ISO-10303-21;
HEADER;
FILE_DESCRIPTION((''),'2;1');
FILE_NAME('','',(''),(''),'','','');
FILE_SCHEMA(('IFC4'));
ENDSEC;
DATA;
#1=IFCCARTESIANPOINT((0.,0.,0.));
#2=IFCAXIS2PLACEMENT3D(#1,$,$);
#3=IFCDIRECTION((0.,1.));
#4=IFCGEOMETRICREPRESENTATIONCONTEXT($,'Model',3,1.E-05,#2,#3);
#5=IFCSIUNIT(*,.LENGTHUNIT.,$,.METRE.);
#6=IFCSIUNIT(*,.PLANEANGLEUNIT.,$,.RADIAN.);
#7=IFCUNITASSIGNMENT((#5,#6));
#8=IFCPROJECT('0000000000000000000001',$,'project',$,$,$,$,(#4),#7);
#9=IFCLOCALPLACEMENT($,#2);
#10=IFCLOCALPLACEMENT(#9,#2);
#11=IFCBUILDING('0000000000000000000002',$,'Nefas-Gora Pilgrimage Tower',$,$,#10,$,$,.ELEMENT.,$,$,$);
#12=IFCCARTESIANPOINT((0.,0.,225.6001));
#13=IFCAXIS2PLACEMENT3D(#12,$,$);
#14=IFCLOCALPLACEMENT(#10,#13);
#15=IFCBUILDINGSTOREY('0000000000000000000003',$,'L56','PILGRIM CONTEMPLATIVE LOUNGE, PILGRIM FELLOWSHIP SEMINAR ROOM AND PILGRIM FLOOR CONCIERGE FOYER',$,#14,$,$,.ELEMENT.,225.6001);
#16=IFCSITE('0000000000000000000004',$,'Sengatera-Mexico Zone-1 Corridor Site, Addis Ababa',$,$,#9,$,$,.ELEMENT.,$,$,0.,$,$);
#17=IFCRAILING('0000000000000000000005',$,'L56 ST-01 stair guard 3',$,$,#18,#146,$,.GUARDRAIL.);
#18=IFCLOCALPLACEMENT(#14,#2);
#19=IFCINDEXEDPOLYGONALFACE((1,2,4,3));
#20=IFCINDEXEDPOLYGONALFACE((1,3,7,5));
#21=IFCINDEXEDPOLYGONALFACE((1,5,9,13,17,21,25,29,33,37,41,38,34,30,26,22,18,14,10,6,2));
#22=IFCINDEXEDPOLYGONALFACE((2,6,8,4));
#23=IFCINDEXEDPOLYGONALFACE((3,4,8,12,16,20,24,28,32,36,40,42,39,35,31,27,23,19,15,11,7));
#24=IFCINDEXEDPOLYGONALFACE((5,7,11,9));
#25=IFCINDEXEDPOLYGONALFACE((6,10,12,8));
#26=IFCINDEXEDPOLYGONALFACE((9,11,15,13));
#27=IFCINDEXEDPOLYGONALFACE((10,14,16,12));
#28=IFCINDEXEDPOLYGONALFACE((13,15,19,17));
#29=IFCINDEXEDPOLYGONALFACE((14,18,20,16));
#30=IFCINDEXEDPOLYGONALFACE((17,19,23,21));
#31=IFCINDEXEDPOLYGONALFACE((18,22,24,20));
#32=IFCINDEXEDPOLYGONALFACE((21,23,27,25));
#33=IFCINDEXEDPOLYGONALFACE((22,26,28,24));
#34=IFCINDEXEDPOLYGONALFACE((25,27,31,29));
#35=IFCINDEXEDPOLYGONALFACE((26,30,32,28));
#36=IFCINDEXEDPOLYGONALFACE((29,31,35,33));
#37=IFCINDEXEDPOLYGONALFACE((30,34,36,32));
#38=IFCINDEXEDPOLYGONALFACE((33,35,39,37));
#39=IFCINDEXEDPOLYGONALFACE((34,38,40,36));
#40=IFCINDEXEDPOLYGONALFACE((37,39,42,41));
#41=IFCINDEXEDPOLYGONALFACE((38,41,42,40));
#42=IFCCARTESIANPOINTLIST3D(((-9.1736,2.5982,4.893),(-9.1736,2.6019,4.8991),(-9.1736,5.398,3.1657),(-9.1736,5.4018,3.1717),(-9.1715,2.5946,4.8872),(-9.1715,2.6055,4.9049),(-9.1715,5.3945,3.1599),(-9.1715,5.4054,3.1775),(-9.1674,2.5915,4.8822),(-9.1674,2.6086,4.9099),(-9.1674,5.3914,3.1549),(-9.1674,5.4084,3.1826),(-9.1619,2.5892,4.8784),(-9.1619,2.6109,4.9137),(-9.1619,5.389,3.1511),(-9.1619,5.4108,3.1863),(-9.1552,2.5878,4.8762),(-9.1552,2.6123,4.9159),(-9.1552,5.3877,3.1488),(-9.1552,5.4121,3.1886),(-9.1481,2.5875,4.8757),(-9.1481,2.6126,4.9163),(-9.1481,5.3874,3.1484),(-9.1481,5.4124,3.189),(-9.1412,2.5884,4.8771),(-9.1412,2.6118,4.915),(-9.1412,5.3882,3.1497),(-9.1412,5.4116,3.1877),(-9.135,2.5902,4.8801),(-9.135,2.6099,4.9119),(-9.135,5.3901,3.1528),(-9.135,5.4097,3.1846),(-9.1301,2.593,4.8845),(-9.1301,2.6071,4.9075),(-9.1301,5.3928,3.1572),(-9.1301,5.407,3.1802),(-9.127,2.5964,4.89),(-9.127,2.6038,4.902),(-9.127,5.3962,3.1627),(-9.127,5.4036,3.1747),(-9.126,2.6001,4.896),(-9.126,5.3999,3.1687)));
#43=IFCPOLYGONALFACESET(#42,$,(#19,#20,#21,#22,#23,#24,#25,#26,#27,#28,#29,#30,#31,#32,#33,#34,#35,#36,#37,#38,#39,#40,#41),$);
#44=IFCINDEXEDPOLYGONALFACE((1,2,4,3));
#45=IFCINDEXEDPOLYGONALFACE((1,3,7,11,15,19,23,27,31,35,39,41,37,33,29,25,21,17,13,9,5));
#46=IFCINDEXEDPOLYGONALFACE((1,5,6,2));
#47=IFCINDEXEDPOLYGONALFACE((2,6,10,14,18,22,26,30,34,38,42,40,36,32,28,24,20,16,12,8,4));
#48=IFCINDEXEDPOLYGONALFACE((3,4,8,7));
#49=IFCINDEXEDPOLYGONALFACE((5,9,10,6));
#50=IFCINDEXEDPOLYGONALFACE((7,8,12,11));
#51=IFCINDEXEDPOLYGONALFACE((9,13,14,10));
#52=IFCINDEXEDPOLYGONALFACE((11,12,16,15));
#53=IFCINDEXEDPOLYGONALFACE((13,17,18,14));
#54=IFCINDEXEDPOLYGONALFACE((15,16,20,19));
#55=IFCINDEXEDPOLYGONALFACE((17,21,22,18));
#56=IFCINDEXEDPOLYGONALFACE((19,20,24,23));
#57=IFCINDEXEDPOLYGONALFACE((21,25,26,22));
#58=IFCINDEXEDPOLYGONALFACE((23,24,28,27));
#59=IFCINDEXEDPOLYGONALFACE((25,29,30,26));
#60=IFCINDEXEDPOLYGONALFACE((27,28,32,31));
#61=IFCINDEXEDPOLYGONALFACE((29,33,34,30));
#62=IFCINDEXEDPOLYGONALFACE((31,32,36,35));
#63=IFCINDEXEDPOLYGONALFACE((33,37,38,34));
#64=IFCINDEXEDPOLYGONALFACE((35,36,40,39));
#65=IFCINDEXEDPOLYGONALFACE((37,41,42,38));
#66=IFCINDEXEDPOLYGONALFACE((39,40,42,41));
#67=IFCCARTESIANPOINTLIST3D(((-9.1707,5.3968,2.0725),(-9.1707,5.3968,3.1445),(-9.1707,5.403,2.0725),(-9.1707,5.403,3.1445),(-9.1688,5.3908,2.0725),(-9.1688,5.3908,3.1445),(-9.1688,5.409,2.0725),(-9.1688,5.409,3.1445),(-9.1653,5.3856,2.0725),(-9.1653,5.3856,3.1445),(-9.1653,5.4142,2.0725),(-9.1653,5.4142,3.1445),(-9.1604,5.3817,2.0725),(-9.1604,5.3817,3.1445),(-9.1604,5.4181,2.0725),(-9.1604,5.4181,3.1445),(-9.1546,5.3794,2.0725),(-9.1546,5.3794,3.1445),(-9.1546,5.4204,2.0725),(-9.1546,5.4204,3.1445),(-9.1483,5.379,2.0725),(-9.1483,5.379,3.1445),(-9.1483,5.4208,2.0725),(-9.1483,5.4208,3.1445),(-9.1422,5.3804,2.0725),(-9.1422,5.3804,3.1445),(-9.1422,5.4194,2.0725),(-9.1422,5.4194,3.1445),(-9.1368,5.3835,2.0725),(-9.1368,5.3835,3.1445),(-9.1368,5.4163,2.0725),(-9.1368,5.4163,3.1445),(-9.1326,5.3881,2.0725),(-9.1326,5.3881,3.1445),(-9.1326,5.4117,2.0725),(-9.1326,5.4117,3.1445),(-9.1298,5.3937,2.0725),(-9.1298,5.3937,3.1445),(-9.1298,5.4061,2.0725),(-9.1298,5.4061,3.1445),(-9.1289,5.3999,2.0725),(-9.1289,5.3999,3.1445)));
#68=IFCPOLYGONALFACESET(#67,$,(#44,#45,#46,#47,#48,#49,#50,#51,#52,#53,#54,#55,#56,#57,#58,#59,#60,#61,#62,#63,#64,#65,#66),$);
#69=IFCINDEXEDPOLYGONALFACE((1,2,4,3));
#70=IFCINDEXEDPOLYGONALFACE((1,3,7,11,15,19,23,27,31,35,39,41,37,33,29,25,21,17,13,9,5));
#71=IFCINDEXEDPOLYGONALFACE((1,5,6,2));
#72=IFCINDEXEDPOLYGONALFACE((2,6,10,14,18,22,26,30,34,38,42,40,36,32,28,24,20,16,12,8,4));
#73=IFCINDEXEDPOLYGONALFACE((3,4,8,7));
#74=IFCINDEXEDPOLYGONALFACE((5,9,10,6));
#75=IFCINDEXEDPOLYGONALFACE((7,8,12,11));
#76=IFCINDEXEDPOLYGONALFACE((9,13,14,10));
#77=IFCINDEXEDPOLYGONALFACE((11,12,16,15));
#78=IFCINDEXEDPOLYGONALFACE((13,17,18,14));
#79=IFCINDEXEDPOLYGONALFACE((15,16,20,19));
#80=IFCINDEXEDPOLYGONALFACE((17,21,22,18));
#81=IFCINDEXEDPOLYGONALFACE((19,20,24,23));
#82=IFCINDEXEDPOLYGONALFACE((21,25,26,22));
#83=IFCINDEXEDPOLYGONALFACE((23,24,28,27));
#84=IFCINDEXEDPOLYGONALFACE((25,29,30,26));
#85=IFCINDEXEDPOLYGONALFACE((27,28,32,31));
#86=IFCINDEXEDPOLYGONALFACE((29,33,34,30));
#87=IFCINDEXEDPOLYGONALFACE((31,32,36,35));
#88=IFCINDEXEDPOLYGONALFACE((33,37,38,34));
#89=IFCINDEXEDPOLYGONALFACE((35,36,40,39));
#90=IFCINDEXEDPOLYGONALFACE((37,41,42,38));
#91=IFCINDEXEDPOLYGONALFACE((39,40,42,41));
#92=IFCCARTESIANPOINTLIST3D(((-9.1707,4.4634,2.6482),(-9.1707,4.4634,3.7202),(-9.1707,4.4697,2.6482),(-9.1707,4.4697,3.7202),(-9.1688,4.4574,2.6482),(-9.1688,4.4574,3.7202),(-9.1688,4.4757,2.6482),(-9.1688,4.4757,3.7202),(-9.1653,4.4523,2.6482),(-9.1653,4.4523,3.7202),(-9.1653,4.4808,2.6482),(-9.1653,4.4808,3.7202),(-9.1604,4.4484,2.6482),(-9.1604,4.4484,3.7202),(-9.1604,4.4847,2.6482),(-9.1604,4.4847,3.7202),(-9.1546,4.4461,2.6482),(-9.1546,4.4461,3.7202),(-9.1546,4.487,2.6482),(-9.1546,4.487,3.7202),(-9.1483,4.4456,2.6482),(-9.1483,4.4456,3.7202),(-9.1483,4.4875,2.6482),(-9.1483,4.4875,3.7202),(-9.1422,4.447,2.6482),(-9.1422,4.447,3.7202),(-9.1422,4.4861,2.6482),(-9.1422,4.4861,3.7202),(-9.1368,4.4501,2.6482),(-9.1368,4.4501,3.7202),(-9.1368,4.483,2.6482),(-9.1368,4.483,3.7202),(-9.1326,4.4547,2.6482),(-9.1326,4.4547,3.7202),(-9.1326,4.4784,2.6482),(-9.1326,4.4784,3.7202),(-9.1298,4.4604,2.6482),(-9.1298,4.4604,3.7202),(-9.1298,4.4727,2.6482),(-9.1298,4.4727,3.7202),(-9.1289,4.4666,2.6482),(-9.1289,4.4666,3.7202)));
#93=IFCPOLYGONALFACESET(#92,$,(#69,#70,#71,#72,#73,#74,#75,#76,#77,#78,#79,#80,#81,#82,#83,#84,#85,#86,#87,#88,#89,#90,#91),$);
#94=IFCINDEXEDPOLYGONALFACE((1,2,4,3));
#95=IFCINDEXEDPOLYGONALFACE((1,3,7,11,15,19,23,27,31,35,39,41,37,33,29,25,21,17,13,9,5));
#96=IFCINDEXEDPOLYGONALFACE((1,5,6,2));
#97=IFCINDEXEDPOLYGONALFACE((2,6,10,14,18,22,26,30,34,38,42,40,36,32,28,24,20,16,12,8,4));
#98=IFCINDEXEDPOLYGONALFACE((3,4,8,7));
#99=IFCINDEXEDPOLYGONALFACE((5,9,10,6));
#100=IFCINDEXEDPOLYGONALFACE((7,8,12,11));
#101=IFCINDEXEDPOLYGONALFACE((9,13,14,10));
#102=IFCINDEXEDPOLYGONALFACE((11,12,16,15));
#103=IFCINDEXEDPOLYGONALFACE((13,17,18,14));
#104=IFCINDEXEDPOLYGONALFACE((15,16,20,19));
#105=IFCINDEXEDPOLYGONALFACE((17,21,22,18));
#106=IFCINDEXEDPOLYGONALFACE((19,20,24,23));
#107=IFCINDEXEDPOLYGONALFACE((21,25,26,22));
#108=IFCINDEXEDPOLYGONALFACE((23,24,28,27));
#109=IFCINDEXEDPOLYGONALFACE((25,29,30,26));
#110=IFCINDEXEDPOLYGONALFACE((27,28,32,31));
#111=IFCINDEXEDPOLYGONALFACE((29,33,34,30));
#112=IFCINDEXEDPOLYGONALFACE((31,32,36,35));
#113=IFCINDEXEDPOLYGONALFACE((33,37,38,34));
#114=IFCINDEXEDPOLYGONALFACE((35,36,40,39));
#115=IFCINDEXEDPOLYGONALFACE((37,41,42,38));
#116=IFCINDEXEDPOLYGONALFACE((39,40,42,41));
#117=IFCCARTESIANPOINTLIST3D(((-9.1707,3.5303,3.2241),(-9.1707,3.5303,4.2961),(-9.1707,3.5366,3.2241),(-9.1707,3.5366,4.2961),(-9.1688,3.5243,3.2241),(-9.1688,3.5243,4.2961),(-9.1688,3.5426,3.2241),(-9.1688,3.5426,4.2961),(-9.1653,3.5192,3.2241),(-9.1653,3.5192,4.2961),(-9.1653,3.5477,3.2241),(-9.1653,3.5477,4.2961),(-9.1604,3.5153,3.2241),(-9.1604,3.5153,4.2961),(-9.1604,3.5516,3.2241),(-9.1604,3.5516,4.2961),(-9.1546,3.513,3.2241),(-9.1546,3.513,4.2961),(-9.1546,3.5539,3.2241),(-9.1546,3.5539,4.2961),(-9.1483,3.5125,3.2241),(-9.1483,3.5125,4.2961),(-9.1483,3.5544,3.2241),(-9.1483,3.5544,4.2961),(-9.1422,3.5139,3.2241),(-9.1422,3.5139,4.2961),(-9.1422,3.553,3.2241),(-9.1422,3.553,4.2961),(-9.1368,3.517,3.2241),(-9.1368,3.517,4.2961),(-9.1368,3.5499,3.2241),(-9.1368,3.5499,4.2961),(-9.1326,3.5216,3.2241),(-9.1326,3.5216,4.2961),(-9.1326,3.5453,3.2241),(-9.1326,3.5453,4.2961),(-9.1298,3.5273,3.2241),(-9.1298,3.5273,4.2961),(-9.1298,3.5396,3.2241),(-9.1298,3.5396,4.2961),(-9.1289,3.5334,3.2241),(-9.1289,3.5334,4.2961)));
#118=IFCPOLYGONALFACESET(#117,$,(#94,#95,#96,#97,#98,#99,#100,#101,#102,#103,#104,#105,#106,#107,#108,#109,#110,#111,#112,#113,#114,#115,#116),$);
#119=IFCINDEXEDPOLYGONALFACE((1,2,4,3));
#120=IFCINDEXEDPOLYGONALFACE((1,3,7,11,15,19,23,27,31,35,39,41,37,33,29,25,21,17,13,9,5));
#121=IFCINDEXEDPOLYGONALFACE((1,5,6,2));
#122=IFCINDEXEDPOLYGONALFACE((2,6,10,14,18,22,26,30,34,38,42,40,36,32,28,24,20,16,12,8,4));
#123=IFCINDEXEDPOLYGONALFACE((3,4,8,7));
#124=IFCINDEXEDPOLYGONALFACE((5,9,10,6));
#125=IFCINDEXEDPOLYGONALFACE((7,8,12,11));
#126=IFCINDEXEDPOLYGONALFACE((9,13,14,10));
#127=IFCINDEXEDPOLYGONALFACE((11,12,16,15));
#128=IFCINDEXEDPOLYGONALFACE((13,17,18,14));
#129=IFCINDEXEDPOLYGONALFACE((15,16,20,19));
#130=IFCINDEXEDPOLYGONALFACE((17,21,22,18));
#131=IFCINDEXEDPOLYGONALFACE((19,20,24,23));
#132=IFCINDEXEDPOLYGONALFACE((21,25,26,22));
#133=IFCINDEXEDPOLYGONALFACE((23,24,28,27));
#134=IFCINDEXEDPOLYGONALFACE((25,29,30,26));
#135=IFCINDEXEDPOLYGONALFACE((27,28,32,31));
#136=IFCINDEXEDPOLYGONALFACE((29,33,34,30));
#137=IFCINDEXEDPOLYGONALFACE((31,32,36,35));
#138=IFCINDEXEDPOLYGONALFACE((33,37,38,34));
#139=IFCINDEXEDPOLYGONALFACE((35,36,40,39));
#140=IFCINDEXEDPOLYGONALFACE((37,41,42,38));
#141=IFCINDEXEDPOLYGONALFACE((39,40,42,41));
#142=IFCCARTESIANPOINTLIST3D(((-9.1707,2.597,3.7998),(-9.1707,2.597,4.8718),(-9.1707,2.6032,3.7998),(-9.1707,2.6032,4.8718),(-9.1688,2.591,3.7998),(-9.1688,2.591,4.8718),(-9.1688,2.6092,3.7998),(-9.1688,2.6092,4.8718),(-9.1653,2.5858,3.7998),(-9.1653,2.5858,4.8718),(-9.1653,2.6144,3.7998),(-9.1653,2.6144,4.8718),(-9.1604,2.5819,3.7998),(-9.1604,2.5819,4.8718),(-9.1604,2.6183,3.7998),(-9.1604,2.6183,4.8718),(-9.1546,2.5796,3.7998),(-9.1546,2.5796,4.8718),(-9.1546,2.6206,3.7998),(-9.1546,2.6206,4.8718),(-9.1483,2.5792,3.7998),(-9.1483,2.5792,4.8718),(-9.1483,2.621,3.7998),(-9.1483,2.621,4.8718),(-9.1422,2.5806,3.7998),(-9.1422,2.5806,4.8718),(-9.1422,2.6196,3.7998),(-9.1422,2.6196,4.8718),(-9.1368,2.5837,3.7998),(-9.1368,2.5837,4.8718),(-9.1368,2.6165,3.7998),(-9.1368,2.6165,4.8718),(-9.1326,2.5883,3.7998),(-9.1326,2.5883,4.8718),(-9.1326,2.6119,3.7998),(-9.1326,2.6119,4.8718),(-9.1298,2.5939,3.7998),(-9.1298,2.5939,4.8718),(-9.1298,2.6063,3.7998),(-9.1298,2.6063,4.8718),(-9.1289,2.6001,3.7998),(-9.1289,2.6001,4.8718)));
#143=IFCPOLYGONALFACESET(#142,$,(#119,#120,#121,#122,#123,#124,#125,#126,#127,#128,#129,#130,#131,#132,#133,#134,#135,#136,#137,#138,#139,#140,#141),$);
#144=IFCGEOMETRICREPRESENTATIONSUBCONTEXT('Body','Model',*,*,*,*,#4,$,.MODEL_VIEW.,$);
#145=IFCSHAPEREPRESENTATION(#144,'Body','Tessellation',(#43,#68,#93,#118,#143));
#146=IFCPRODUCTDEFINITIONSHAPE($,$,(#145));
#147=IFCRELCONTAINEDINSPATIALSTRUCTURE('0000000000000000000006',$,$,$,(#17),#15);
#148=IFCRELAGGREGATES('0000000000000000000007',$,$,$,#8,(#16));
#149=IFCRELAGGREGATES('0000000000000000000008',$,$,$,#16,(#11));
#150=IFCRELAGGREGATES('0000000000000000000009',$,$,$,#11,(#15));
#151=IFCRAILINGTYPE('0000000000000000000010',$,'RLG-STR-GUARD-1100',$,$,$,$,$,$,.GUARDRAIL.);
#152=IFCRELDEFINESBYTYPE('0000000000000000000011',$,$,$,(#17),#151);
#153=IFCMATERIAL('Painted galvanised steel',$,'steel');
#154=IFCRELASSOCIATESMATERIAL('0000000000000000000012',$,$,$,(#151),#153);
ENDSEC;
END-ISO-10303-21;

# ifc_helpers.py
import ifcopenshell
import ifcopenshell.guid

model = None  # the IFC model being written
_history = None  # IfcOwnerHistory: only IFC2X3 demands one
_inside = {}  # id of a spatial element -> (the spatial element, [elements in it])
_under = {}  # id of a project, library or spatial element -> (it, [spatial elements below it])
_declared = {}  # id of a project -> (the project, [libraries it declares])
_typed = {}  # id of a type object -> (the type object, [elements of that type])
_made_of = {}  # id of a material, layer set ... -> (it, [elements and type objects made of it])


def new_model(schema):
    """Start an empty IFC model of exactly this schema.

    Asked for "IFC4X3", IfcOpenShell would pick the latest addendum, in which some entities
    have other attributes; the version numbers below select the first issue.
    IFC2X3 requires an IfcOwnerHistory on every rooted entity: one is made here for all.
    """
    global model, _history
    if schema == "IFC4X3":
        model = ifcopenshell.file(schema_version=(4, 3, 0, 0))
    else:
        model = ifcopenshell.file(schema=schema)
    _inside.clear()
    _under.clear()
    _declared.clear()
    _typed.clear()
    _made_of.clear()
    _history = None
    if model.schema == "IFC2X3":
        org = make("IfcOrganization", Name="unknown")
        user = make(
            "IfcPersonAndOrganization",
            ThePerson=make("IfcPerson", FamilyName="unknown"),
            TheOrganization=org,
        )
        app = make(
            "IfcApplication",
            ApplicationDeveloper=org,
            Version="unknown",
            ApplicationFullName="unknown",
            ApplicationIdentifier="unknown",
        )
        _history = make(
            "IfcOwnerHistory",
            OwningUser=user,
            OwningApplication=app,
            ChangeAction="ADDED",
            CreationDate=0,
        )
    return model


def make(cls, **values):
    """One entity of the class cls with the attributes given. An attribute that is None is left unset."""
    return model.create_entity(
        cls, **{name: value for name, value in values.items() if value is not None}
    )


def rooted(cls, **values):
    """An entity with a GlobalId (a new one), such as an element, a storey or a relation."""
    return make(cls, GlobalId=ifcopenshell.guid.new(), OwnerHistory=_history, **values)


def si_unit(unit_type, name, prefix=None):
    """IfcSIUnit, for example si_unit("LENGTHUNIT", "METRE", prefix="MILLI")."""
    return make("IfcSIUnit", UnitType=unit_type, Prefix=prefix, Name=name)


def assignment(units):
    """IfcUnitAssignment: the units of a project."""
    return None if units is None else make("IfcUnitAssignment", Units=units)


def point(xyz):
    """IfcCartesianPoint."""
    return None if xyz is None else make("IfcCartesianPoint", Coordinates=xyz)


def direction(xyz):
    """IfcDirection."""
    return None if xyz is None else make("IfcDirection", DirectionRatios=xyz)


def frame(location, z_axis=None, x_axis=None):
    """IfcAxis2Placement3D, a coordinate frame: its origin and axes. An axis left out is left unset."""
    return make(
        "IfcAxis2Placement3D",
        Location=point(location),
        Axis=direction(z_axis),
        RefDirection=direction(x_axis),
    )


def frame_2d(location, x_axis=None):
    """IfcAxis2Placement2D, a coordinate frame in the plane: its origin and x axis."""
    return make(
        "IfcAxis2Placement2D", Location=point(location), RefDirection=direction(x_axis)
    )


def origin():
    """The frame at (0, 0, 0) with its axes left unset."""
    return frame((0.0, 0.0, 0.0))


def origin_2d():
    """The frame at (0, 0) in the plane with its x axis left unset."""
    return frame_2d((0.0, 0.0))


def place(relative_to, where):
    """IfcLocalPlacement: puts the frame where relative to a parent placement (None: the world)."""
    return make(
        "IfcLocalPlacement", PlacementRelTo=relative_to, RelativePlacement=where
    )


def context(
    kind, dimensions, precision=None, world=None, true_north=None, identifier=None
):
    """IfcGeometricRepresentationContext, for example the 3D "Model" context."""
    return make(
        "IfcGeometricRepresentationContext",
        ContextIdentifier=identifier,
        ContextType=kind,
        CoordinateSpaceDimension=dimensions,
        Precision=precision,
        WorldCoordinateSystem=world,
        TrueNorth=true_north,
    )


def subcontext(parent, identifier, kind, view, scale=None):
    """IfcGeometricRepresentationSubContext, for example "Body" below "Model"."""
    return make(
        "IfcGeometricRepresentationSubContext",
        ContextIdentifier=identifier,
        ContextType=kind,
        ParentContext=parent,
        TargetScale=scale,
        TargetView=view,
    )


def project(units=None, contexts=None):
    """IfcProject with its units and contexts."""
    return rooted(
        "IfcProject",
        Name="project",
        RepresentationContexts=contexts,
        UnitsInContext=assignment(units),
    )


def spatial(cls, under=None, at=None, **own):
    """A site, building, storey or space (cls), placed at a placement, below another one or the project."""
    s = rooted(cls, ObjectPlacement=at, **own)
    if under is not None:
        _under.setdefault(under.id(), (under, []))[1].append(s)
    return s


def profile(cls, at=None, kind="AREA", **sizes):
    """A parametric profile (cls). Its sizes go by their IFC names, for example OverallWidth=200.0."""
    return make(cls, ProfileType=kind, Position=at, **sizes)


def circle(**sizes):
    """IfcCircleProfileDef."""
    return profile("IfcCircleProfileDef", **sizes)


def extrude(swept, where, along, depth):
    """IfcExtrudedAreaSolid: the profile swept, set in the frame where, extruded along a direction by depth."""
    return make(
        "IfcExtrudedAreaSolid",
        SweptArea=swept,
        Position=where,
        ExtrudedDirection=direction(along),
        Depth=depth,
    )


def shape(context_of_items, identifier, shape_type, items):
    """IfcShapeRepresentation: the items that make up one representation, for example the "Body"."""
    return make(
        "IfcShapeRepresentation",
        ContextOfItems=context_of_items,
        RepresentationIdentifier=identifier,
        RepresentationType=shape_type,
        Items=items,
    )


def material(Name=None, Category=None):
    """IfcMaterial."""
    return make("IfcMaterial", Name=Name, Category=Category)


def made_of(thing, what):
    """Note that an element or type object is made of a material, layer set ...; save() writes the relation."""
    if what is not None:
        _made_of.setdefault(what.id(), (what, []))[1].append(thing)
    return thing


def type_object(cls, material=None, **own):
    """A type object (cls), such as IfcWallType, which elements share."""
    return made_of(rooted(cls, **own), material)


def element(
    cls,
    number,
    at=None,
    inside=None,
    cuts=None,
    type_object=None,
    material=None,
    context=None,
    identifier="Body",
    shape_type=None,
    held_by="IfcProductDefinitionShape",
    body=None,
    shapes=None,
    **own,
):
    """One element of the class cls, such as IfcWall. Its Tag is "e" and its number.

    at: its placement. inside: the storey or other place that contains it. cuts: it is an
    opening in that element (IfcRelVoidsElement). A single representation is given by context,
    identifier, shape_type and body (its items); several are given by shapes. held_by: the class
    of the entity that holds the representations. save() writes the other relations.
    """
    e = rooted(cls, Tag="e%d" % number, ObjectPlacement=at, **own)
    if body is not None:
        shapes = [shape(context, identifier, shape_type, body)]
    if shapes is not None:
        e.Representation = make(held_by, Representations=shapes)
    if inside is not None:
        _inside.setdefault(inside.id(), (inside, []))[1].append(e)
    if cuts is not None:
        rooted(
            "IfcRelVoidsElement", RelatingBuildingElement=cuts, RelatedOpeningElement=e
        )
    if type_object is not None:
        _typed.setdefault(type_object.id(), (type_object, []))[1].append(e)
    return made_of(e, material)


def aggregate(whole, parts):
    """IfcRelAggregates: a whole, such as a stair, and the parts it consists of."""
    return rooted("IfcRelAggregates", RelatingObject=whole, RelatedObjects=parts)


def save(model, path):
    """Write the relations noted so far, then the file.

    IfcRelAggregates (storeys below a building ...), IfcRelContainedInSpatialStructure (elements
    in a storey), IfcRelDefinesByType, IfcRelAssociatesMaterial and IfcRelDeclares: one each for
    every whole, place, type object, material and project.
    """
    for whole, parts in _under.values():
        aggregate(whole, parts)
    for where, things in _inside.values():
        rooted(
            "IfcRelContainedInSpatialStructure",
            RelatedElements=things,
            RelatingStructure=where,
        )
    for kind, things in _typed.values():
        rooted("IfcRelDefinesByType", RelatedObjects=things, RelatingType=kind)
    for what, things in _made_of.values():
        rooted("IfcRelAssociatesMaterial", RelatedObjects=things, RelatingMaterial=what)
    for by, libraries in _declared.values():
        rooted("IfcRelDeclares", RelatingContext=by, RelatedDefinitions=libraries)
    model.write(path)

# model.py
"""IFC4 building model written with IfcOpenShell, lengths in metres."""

from ifc_helpers import new_model, si_unit, direction, frame, origin, origin_2d, place, context, subcontext, project, spatial, circle, extrude, material, type_object, element, save


model = new_model("IFC4")

# Units and contexts
model_context = context("Model", 3, precision=1e-05, world=origin(), true_north=direction((0.0, 1.0)))
body_context = subcontext(model_context, "Body", "Model", "MODEL_VIEW")
ifc_project = project(units=[si_unit("LENGTHUNIT", "METRE"), si_unit("PLANEANGLEUNIT", "RADIAN")], contexts=[model_context])

# Site, building, storey
site_placement = place(None, origin())
site = spatial("IfcSite", under=ifc_project, at=site_placement, Name="Sengatera-Mexico Zone-1 Corridor Site, Addis Ababa", CompositionType="ELEMENT", RefElevation=0.0)
building_placement = place(site_placement, origin())
building = spatial("IfcBuilding", under=site, at=building_placement, Name="Nefas-Gora Pilgrimage Tower", CompositionType="ELEMENT")
storey_placement = place(building_placement, frame((0.0, 0.0, 225.6001)))
storey = spatial("IfcBuildingStorey", under=building, at=storey_placement, Name="L56", Description="PILGRIM CONTEMPLATIVE LOUNGE, PILGRIM FELLOWSHIP SEMINAR ROOM AND PILGRIM FLOOR CONCIERGE FOYER", CompositionType="ELEMENT", Elevation=225.6001)

# Railing
ifc_material_1 = material(Name="Painted galvanised steel", Category="steel")
railing_type_1 = type_object("IfcRailingType", Name="RLG-STR-GUARD-1100", PredefinedType="GUARDRAIL", material=ifc_material_1)
railing_1_placement = place(storey_placement, frame((-9.1499, 5.3999, 2.0725)))
element("IfcRailing", 1, at=railing_1_placement, inside=storey, type_object=railing_type_1, Name="L56 ST-01 stair guard 3", PredefinedType="GUARDRAIL", context=body_context, shape_type="SweptSolid", body=[
    extrude(circle(Radius=0.0239, at=origin_2d()), frame((0.0, 0.0, 1.0962), z_axis=(0.0, -0.851069, 0.525054), x_axis=(1.0, 0.0, 0.0)), (0.0, 0.0, 1.0), 3.2898),
    extrude(circle(Radius=0.021, at=origin_2d()), origin(), (0.0, 0.0, 1.0), 1.072),
    extrude(circle(Radius=0.021, at=origin_2d()), frame((0.0, -0.9333, 0.5757)), (0.0, 0.0, 1.0), 1.072),
    extrude(circle(Radius=0.021, at=origin_2d()), frame((0.0, -1.8665, 1.1516)), (0.0, 0.0, 1.0), 1.072),
    extrude(circle(Radius=0.021, at=origin_2d()), frame((0.0, -2.7998, 1.7273)), (0.0, 0.0, 1.0), 1.072),
])

save(model, "model.ifc")
